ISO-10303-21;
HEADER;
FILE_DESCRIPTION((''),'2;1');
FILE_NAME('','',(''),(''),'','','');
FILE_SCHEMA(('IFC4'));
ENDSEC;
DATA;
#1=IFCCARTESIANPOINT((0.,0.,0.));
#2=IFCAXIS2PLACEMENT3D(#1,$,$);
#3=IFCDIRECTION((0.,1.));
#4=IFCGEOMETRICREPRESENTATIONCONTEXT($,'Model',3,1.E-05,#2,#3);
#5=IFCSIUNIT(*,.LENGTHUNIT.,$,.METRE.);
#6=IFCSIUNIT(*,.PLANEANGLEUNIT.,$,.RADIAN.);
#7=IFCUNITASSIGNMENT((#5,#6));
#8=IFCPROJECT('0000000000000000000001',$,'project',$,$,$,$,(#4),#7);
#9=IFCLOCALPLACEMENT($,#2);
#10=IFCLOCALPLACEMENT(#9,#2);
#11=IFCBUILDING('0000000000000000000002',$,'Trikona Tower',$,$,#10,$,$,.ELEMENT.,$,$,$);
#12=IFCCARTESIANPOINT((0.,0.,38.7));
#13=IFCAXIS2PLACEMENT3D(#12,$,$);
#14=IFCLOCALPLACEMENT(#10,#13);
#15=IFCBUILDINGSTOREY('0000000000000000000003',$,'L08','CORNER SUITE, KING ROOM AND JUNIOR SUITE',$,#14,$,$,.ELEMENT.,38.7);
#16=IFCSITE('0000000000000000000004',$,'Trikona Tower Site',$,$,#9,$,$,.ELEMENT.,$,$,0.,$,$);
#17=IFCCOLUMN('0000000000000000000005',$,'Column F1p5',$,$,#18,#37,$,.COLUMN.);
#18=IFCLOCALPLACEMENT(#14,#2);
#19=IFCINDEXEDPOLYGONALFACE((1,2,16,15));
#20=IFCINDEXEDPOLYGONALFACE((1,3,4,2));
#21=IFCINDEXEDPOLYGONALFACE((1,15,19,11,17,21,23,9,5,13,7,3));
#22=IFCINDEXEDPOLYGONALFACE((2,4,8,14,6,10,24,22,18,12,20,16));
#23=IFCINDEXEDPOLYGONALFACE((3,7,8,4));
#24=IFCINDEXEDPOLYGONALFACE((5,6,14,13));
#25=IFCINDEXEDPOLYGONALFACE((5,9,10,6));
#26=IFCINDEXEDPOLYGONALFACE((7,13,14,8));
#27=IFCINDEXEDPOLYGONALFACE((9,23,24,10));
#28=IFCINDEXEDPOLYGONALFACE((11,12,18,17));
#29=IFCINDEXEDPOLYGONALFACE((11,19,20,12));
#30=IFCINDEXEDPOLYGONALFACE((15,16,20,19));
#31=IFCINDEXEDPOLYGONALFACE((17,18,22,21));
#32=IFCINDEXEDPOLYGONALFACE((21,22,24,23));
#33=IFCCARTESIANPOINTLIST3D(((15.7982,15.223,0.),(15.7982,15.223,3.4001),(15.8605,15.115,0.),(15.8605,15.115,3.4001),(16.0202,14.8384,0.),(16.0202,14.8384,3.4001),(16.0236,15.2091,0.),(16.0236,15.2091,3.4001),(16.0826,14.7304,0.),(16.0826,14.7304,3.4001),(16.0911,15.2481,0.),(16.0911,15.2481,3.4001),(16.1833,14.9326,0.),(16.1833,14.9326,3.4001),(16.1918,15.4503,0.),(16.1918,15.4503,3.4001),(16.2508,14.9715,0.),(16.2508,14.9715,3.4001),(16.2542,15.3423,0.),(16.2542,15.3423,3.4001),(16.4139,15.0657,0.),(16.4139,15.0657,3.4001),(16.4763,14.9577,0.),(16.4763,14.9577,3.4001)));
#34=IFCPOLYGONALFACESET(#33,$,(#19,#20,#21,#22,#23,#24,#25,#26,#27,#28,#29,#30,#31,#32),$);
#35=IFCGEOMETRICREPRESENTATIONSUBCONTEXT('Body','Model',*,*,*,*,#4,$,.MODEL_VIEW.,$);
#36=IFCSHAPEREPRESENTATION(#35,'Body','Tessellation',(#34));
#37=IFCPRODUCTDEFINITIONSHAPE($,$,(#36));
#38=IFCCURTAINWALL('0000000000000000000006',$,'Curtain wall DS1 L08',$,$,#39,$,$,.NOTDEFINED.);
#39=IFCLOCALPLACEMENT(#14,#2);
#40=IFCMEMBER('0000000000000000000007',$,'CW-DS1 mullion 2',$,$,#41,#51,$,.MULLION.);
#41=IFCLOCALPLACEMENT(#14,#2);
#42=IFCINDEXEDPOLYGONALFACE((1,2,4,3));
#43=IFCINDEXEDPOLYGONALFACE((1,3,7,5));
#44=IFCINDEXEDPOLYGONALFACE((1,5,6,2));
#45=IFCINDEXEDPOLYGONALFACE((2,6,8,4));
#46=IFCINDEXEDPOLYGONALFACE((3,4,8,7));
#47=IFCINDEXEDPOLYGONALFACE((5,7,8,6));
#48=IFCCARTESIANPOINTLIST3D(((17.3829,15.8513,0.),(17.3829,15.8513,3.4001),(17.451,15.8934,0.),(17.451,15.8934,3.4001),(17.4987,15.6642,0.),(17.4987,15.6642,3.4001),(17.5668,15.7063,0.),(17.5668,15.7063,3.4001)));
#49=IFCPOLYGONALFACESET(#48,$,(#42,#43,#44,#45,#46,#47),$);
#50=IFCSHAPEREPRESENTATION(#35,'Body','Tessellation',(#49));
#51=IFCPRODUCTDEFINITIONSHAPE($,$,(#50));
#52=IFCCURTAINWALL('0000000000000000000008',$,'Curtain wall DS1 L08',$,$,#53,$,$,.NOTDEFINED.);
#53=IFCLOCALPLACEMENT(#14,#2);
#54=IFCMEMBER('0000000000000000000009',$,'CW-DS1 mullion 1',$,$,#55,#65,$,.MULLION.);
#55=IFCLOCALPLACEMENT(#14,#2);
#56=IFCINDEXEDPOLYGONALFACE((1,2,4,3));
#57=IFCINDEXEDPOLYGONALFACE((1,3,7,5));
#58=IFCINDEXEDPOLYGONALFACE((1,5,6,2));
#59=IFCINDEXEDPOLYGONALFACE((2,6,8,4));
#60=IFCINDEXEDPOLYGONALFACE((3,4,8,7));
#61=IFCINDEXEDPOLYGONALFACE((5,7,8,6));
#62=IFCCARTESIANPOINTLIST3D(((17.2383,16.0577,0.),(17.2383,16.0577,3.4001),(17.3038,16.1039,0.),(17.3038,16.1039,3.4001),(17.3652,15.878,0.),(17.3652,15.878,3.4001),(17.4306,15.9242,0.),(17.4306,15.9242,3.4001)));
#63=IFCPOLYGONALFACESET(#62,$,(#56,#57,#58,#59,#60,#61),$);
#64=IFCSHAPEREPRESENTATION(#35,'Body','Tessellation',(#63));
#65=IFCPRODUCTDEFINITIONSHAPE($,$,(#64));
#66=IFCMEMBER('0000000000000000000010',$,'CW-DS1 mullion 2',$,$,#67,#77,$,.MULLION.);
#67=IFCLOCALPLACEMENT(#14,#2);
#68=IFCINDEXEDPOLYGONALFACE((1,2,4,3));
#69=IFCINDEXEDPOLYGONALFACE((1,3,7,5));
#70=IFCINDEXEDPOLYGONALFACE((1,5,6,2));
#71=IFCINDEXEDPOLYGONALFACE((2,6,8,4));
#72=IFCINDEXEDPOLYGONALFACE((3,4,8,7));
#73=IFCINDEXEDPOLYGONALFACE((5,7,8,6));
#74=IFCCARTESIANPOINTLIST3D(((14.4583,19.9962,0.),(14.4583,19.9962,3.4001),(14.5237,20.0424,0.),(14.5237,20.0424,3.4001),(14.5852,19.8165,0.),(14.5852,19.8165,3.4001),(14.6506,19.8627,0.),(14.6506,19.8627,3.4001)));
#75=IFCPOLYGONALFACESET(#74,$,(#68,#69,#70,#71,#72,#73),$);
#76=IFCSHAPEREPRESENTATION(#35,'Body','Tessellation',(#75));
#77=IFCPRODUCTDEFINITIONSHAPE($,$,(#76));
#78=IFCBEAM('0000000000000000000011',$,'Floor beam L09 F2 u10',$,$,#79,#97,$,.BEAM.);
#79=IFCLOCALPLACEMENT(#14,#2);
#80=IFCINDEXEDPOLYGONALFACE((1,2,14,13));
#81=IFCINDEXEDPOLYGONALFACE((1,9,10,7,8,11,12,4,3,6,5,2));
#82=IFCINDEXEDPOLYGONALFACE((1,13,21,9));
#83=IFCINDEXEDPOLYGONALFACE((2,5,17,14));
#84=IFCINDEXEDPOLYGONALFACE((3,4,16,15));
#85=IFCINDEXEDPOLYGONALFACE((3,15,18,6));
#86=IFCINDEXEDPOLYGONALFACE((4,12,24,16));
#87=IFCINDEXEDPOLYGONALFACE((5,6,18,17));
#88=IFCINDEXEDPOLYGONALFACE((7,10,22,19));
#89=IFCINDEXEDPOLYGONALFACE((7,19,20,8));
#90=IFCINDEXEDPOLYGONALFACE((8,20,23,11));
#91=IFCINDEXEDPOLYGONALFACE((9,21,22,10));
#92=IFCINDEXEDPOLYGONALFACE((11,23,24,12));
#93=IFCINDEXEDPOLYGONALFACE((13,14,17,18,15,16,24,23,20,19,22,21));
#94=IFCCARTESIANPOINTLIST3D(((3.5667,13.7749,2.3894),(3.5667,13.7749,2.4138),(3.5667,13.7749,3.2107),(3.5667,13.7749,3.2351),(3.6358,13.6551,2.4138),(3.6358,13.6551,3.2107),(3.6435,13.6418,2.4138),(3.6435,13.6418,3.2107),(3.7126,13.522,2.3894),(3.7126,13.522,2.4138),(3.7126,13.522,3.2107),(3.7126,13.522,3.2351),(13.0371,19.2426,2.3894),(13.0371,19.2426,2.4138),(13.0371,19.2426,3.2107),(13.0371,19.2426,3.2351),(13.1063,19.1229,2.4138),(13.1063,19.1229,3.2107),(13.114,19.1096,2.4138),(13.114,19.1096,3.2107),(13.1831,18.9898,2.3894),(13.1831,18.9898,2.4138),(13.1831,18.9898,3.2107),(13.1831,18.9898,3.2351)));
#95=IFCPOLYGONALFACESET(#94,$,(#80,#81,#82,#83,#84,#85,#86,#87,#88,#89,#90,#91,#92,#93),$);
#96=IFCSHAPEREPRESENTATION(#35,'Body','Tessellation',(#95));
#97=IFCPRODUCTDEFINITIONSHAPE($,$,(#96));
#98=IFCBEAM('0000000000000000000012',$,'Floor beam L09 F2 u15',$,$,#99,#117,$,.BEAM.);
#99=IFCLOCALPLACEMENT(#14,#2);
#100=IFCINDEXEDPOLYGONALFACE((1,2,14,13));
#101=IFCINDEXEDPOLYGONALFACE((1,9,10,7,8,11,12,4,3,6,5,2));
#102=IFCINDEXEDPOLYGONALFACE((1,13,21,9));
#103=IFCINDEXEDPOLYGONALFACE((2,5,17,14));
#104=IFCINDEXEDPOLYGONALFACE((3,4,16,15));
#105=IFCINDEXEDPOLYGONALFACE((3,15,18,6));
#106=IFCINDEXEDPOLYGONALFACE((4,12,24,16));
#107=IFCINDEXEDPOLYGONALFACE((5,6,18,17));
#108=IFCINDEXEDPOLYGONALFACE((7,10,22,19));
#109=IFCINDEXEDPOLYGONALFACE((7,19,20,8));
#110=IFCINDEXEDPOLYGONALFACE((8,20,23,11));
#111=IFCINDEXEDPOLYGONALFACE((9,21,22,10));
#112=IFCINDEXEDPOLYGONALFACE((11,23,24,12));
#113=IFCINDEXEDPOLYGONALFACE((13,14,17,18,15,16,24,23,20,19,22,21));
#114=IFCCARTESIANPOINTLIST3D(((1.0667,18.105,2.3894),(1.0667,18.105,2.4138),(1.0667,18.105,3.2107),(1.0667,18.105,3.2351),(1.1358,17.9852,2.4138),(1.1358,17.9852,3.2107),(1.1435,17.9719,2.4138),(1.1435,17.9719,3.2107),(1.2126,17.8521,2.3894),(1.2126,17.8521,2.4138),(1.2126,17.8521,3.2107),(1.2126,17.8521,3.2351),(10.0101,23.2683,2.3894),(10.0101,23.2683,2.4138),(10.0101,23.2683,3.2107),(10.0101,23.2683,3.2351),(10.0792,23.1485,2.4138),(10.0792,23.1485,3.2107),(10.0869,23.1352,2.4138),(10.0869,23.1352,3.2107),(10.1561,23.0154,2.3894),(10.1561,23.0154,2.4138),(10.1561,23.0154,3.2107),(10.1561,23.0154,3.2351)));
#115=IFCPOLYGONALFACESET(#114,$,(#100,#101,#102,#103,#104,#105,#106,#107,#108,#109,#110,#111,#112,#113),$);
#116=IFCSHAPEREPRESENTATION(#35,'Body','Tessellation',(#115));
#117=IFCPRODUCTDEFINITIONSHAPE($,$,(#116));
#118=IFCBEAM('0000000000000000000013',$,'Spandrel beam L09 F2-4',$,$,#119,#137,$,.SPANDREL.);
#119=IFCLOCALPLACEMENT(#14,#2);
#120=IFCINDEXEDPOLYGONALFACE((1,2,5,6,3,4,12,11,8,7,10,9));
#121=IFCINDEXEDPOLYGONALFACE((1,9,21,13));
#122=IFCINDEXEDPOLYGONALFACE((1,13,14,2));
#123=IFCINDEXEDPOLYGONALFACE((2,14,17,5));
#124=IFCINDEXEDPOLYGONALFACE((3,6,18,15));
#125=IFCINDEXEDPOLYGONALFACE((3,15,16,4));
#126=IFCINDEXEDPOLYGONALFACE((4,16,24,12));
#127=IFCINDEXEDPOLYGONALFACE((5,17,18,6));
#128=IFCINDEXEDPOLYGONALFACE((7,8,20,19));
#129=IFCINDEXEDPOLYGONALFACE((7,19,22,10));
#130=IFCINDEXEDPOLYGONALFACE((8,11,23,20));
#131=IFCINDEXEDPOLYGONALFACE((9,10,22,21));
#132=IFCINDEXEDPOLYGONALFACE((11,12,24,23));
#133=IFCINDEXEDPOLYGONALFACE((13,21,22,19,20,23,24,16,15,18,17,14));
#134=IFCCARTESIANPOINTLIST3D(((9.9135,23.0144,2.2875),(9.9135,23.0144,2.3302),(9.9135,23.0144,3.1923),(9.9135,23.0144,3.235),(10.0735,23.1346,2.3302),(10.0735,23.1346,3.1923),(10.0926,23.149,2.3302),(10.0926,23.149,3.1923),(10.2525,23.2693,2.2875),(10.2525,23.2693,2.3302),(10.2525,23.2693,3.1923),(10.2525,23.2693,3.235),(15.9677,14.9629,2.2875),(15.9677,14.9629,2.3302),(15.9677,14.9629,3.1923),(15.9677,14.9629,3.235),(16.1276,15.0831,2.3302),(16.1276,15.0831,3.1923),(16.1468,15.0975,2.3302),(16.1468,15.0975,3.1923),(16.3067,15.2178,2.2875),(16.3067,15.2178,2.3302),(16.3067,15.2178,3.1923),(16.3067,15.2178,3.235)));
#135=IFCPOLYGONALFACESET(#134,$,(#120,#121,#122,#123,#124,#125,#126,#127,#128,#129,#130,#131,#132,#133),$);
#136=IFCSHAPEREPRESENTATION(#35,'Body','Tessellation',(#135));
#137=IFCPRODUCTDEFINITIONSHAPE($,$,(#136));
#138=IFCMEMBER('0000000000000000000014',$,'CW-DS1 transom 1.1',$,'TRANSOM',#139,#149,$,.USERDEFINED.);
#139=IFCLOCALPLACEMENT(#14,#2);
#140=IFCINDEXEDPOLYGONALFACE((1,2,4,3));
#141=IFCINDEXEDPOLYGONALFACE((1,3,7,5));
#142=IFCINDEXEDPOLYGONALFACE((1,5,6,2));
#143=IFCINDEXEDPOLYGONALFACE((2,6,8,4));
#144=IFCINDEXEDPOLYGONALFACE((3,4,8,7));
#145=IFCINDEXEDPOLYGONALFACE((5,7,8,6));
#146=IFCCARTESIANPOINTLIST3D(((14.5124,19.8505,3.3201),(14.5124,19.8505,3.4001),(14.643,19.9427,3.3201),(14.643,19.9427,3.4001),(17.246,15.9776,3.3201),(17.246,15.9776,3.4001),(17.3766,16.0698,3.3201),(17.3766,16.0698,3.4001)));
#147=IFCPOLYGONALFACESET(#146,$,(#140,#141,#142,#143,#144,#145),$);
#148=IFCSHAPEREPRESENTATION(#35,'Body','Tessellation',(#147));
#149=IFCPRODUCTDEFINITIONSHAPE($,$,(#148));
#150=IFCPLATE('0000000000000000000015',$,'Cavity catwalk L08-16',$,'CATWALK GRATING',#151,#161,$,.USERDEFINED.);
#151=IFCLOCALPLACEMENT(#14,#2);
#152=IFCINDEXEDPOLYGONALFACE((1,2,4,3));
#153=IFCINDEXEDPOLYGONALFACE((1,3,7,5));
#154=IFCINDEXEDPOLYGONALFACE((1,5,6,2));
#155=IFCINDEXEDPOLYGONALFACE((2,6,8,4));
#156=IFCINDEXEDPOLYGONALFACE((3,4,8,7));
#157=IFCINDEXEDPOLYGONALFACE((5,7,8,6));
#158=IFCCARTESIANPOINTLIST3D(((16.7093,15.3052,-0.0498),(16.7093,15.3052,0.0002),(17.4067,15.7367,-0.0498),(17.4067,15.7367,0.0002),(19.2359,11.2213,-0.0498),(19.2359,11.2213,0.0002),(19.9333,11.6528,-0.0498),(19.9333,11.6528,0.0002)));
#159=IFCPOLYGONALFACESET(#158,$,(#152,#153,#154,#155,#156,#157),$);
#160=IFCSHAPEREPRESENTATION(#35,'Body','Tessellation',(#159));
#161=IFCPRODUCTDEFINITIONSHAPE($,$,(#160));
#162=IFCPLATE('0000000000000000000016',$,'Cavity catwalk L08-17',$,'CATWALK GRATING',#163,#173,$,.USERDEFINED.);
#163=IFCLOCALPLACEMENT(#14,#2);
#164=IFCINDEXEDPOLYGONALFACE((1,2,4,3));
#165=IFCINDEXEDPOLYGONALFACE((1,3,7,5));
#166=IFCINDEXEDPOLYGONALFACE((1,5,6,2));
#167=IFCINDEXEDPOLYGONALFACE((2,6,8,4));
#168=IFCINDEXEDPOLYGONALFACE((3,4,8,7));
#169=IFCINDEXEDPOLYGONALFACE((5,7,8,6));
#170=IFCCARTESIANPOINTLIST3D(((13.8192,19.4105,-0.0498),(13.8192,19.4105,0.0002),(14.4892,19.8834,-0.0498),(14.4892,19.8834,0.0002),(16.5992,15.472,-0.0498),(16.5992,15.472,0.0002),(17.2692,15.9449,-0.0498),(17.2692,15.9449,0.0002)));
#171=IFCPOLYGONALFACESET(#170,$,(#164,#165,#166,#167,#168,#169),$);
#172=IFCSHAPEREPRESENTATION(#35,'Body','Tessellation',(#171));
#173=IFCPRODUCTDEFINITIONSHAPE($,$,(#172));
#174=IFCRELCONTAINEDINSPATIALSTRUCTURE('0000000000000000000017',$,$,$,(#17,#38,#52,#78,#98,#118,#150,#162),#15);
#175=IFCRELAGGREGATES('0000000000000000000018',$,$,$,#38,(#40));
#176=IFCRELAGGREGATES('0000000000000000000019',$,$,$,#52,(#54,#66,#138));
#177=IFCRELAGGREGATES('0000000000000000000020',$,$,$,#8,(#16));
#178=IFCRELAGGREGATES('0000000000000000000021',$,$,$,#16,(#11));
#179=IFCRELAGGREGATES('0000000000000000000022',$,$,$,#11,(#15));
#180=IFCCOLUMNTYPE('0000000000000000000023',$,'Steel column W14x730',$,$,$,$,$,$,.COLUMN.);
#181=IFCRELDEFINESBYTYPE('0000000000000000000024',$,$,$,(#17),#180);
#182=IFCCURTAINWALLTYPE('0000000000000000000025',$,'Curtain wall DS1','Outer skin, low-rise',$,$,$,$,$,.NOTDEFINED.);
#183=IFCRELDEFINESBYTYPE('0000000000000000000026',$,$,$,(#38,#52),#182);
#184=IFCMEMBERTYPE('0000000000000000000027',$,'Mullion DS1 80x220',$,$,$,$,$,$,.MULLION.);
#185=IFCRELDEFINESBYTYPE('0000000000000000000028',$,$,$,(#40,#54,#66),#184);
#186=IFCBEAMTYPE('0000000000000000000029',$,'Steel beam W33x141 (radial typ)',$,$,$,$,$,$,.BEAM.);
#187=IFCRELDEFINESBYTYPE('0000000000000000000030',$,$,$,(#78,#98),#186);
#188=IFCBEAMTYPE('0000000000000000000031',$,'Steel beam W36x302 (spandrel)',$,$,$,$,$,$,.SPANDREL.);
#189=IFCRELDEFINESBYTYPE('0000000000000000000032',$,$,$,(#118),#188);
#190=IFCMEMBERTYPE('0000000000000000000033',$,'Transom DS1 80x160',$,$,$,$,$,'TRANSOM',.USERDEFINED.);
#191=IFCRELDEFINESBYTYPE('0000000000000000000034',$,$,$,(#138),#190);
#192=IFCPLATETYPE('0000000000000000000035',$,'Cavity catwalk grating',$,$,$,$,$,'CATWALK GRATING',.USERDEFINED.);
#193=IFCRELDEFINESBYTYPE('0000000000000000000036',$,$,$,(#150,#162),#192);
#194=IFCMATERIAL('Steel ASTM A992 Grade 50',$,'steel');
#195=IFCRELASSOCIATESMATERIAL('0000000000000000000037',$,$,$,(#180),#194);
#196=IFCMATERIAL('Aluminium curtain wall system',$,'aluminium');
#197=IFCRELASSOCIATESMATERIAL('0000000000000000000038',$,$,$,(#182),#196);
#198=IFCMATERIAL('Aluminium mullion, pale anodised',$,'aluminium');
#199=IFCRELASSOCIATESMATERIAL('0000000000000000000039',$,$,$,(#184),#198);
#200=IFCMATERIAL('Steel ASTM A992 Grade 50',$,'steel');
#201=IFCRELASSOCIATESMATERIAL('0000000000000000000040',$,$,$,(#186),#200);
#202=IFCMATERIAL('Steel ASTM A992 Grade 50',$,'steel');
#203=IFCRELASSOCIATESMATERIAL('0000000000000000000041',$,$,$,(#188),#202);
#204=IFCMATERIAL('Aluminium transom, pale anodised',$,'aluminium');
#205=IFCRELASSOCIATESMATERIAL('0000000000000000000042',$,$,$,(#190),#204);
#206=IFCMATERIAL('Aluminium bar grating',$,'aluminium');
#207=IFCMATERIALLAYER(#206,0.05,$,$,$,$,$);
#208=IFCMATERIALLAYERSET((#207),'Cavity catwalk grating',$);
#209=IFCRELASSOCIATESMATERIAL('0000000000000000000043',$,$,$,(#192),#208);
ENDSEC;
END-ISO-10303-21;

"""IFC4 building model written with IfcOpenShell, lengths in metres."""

from ifc_helpers import new_model, si_unit, direction, frame, origin, origin_2d, place, context, subcontext, project, spatial, rectangle, i_section, extrude, material, layer, layer_set, material_profile, profile_set, type_object, element, aggregate, save


model = new_model("IFC4")

# Units and contexts
model_context = context("Model", 3, precision=1e-05, world=origin(), true_north=direction((0.0, 1.0)))
body_context = subcontext(model_context, "Body", "Model", "MODEL_VIEW")
ifc_project = project(units=[si_unit("LENGTHUNIT", "METRE"), si_unit("PLANEANGLEUNIT", "RADIAN")], contexts=[model_context])

# Site, building, storey
site_placement = place(None, origin())
site = spatial("IfcSite", under=ifc_project, at=site_placement, Name="Trikona Tower Site", CompositionType="ELEMENT", RefElevation=0.0)
building_placement = place(site_placement, origin())
building = spatial("IfcBuilding", under=site, at=building_placement, Name="Trikona Tower", CompositionType="ELEMENT")
storey_placement = place(building_placement, frame((0.0, 0.0, 38.7)))
storey = spatial("IfcBuildingStorey", under=building, at=storey_placement, Name="L08", Description="CORNER SUITE, KING ROOM AND JUNIOR SUITE", CompositionType="ELEMENT", Elevation=38.7)

# Column
ifc_material_1 = material(Name="Steel ASTM A992 Grade 50", Category="steel")
ifc_material_profile_1 = material_profile(ifc_material_1, i_section(OverallWidth=0.4546, OverallDepth=0.5688, WebThickness=0.0779, FlangeThickness=0.1248, at=origin_2d()), Name="W14X730")
ifc_profile_set_1 = profile_set([ifc_material_profile_1], Name="Steel ASTM A992 Grade 50")
column_type = type_object("IfcColumnType", Name="Steel column W14x730", PredefinedType="COLUMN", material=ifc_profile_set_1)
column_placement = place(storey_placement, frame((16.1372, 15.0903, 0.0), z_axis=(0.0, 0.0, 1.0), x_axis=(0.866025, 0.5, 0.0)))
element("IfcColumn", 1, at=column_placement, inside=storey, type_object=column_type, Name="Column F1p5", PredefinedType="COLUMN", context=body_context, shape_type="SweptSolid", body=[
    extrude(i_section(OverallWidth=0.4546, OverallDepth=0.5688, WebThickness=0.0779, FlangeThickness=0.1248, at=origin_2d()), origin(), (0.0, 0.0, 1.0), 3.4001),
])

# Curtain wall, member
ifc_material_2 = material(Name="Aluminium curtain wall system", Category="aluminium")
curtain_wall_type = type_object("IfcCurtainWallType", Name="Curtain wall DS1", Description="Outer skin, low-rise", PredefinedType="NOTDEFINED", material=ifc_material_2)
curtain_wall_1_placement = place(storey_placement, origin())
curtain_wall_1 = element("IfcCurtainWall", 2, at=curtain_wall_1_placement, inside=storey, type_object=curtain_wall_type, Name="Curtain wall DS1 L08", PredefinedType="NOTDEFINED")
ifc_material_3 = material(Name="Aluminium mullion, pale anodised", Category="aluminium")
ifc_material_profile_2 = material_profile(ifc_material_3, rectangle(XDim=0.0801, YDim=0.22, at=origin_2d()), Name="MUL-DS1")
ifc_profile_set_2 = profile_set([ifc_material_profile_2], Name="Aluminium mullion, pale anodised")
member_type_1 = type_object("IfcMemberType", Name="Mullion DS1 80x220", PredefinedType="MULLION", material=ifc_profile_set_2)
member_1_placement = place(storey_placement, frame((17.4749, 15.7788, 0.0), z_axis=(0.0, 0.0, 1.0), x_axis=(-0.85041, -0.52612, 0.0)))
member_1 = element("IfcMember", 3, at=member_1_placement, type_object=member_type_1, Name="CW-DS1 mullion 2", PredefinedType="MULLION", context=body_context, shape_type="SweptSolid", body=[
    extrude(rectangle(XDim=0.0801, YDim=0.22, at=origin_2d()), origin(), (0.0, 0.0, 1.0), 3.4001),
])

# Curtain wall, members
curtain_wall_2_placement = place(storey_placement, origin())
curtain_wall_2 = element("IfcCurtainWall", 4, at=curtain_wall_2_placement, inside=storey, type_object=curtain_wall_type, Name="Curtain wall DS1 L08", PredefinedType="NOTDEFINED")
member_2_placement = place(storey_placement, frame((17.3345, 15.991, 0.0), z_axis=(0.0, 0.0, 1.0), x_axis=(-0.816985, -0.576658, 0.0)))
member_2 = element("IfcMember", 5, at=member_2_placement, type_object=member_type_1, Name="CW-DS1 mullion 1", PredefinedType="MULLION", context=body_context, shape_type="SweptSolid", body=[
    extrude(rectangle(XDim=0.0801, YDim=0.22, at=origin_2d()), origin(), (0.0, 0.0, 1.0), 3.4001),
])
member_3_placement = place(storey_placement, frame((14.5544, 19.9294, 0.0), z_axis=(0.0, 0.0, 1.0), x_axis=(-0.816985, -0.576658, 0.0)))
member_3 = element("IfcMember", 6, at=member_3_placement, type_object=member_type_1, Name="CW-DS1 mullion 2", PredefinedType="MULLION", context=body_context, shape_type="SweptSolid", body=[
    extrude(rectangle(XDim=0.0801, YDim=0.22, at=origin_2d()), origin(), (0.0, 0.0, 1.0), 3.4001),
])

# Beams
ifc_material_4 = material(Name="Steel ASTM A992 Grade 50", Category="steel")
ifc_material_profile_3 = material_profile(ifc_material_4, i_section(OverallWidth=0.292, OverallDepth=0.8457, WebThickness=0.0154, FlangeThickness=0.0244, at=origin_2d()), Name="W33X141")
ifc_profile_set_3 = profile_set([ifc_material_profile_3], Name="Steel ASTM A992 Grade 50")
beam_type_1 = type_object("IfcBeamType", Name="Steel beam W33x141 (radial typ)", PredefinedType="BEAM", material=ifc_profile_set_3)
beam_1_placement = place(storey_placement, frame((3.6396, 13.6484, 2.8123), z_axis=(0.866025, 0.5, 0.0), x_axis=(-0.5, 0.866025, 0.0)))
element("IfcBeam", 7, at=beam_1_placement, inside=storey, type_object=beam_type_1, Name="Floor beam L09 F2 u10", PredefinedType="BEAM", context=body_context, shape_type="SweptSolid", body=[
    extrude(i_section(OverallWidth=0.292, OverallDepth=0.8457, WebThickness=0.0154, FlangeThickness=0.0244, at=origin_2d()), origin(), (0.0, 0.0, 1.0), 10.9355),
])
beam_2_placement = place(storey_placement, frame((1.1396, 17.9785, 2.8123), z_axis=(0.86603, 0.499991, 0.0), x_axis=(-0.499991, 0.86603, 0.0)))
element("IfcBeam", 8, at=beam_2_placement, inside=storey, type_object=beam_type_1, Name="Floor beam L09 F2 u15", PredefinedType="BEAM", context=body_context, shape_type="SweptSolid", body=[
    extrude(i_section(OverallWidth=0.292, OverallDepth=0.8457, WebThickness=0.0154, FlangeThickness=0.0244, at=origin_2d()), origin(), (0.0, 0.0, 1.0), 10.3269),
])
ifc_material_5 = material(Name="Steel ASTM A992 Grade 50", Category="steel")
ifc_material_profile_4 = material_profile(ifc_material_5, i_section(OverallWidth=0.4241, OverallDepth=0.9475, WebThickness=0.0239, FlangeThickness=0.0427, at=origin_2d()), Name="W36X302")
ifc_profile_set_4 = profile_set([ifc_material_profile_4], Name="Steel ASTM A992 Grade 50")
beam_type_2 = type_object("IfcBeamType", Name="Steel beam W36x302 (spandrel)", PredefinedType="SPANDREL", material=ifc_profile_set_4)
beam_3_placement = place(storey_placement, frame((16.1372, 15.0903, 2.7612), z_axis=(-0.600988, 0.799258, 0.0), x_axis=(-0.799258, -0.600988, 0.0)))
element("IfcBeam", 9, at=beam_3_placement, inside=storey, type_object=beam_type_2, Name="Spandrel beam L09 F2-4", PredefinedType="SPANDREL", context=body_context, shape_type="SweptSolid", body=[
    extrude(i_section(OverallWidth=0.4241, OverallDepth=0.9475, WebThickness=0.0239, FlangeThickness=0.0427, at=origin_2d()), origin(), (0.0, 0.0, 1.0), 10.0737),
])

# Member
ifc_material_6 = material(Name="Aluminium transom, pale anodised", Category="aluminium")
ifc_material_profile_5 = material_profile(ifc_material_6, rectangle(XDim=0.1599, YDim=0.0801, at=origin_2d()), Name="TRN-DS1")
ifc_profile_set_5 = profile_set([ifc_material_profile_5], Name="Aluminium transom, pale anodised")
member_type_2 = type_object("IfcMemberType", Name="Transom DS1 80x160", ElementType="TRANSOM", PredefinedType="USERDEFINED", material=ifc_profile_set_5)
member_4_placement = place(storey_placement, frame((17.3113, 16.0237, 3.3601), z_axis=(-0.576645, 0.816995, 0.0), x_axis=(-0.816995, -0.576645, 0.0)))
member_4 = element("IfcMember", 10, at=member_4_placement, type_object=member_type_2, Name="CW-DS1 transom 1.1", ObjectType="TRANSOM", PredefinedType="USERDEFINED", context=body_context, shape_type="SweptSolid", body=[
    extrude(rectangle(XDim=0.1599, YDim=0.0801, at=origin_2d()), origin(), (0.0, 0.0, 1.0), 4.7405),
])

# Plates
ifc_material_7 = material(Name="Aluminium bar grating", Category="aluminium")
ifc_layer_1 = layer(ifc_material_7, 0.05)
ifc_layer_set_1 = layer_set([ifc_layer_1], Name="Cavity catwalk grating")
plate_type_1 = type_object("IfcPlateType", Name="Cavity catwalk grating", ElementType="CATWALK GRATING", PredefinedType="USERDEFINED", material=ifc_layer_set_1)
plate_1_placement = place(storey_placement, frame((18.3213, 13.479, -0.0498), z_axis=(0.0, 0.0, 1.0), x_axis=(-0.526119, 0.850411, 0.0)))
element("IfcPlate", 11, at=plate_1_placement, inside=storey, type_object=plate_type_1, Name="Cavity catwalk L08-16", ObjectType="CATWALK GRATING", PredefinedType="USERDEFINED", context=body_context, shape_type="SweptSolid", body=[
    extrude(rectangle(XDim=4.8022, YDim=0.8201, at=origin_2d()), origin(), (0.0, 0.0, 1.0), 0.05),
])
plate_2_placement = place(storey_placement, frame((15.5442, 17.6777, -0.0498), z_axis=(0.0, 0.0, 1.0), x_axis=(-0.576662, 0.816983, 0.0)))
element("IfcPlate", 12, at=plate_2_placement, inside=storey, type_object=plate_type_1, Name="Cavity catwalk L08-17", ObjectType="CATWALK GRATING", PredefinedType="USERDEFINED", context=body_context, shape_type="SweptSolid", body=[
    extrude(rectangle(XDim=4.8208, YDim=0.8201, at=origin_2d()), origin(), (0.0, 0.0, 1.0), 0.05),
])

aggregate(curtain_wall_1, [member_1])
aggregate(curtain_wall_2, [member_2, member_3, member_4])

save(model, "model.ifc")
